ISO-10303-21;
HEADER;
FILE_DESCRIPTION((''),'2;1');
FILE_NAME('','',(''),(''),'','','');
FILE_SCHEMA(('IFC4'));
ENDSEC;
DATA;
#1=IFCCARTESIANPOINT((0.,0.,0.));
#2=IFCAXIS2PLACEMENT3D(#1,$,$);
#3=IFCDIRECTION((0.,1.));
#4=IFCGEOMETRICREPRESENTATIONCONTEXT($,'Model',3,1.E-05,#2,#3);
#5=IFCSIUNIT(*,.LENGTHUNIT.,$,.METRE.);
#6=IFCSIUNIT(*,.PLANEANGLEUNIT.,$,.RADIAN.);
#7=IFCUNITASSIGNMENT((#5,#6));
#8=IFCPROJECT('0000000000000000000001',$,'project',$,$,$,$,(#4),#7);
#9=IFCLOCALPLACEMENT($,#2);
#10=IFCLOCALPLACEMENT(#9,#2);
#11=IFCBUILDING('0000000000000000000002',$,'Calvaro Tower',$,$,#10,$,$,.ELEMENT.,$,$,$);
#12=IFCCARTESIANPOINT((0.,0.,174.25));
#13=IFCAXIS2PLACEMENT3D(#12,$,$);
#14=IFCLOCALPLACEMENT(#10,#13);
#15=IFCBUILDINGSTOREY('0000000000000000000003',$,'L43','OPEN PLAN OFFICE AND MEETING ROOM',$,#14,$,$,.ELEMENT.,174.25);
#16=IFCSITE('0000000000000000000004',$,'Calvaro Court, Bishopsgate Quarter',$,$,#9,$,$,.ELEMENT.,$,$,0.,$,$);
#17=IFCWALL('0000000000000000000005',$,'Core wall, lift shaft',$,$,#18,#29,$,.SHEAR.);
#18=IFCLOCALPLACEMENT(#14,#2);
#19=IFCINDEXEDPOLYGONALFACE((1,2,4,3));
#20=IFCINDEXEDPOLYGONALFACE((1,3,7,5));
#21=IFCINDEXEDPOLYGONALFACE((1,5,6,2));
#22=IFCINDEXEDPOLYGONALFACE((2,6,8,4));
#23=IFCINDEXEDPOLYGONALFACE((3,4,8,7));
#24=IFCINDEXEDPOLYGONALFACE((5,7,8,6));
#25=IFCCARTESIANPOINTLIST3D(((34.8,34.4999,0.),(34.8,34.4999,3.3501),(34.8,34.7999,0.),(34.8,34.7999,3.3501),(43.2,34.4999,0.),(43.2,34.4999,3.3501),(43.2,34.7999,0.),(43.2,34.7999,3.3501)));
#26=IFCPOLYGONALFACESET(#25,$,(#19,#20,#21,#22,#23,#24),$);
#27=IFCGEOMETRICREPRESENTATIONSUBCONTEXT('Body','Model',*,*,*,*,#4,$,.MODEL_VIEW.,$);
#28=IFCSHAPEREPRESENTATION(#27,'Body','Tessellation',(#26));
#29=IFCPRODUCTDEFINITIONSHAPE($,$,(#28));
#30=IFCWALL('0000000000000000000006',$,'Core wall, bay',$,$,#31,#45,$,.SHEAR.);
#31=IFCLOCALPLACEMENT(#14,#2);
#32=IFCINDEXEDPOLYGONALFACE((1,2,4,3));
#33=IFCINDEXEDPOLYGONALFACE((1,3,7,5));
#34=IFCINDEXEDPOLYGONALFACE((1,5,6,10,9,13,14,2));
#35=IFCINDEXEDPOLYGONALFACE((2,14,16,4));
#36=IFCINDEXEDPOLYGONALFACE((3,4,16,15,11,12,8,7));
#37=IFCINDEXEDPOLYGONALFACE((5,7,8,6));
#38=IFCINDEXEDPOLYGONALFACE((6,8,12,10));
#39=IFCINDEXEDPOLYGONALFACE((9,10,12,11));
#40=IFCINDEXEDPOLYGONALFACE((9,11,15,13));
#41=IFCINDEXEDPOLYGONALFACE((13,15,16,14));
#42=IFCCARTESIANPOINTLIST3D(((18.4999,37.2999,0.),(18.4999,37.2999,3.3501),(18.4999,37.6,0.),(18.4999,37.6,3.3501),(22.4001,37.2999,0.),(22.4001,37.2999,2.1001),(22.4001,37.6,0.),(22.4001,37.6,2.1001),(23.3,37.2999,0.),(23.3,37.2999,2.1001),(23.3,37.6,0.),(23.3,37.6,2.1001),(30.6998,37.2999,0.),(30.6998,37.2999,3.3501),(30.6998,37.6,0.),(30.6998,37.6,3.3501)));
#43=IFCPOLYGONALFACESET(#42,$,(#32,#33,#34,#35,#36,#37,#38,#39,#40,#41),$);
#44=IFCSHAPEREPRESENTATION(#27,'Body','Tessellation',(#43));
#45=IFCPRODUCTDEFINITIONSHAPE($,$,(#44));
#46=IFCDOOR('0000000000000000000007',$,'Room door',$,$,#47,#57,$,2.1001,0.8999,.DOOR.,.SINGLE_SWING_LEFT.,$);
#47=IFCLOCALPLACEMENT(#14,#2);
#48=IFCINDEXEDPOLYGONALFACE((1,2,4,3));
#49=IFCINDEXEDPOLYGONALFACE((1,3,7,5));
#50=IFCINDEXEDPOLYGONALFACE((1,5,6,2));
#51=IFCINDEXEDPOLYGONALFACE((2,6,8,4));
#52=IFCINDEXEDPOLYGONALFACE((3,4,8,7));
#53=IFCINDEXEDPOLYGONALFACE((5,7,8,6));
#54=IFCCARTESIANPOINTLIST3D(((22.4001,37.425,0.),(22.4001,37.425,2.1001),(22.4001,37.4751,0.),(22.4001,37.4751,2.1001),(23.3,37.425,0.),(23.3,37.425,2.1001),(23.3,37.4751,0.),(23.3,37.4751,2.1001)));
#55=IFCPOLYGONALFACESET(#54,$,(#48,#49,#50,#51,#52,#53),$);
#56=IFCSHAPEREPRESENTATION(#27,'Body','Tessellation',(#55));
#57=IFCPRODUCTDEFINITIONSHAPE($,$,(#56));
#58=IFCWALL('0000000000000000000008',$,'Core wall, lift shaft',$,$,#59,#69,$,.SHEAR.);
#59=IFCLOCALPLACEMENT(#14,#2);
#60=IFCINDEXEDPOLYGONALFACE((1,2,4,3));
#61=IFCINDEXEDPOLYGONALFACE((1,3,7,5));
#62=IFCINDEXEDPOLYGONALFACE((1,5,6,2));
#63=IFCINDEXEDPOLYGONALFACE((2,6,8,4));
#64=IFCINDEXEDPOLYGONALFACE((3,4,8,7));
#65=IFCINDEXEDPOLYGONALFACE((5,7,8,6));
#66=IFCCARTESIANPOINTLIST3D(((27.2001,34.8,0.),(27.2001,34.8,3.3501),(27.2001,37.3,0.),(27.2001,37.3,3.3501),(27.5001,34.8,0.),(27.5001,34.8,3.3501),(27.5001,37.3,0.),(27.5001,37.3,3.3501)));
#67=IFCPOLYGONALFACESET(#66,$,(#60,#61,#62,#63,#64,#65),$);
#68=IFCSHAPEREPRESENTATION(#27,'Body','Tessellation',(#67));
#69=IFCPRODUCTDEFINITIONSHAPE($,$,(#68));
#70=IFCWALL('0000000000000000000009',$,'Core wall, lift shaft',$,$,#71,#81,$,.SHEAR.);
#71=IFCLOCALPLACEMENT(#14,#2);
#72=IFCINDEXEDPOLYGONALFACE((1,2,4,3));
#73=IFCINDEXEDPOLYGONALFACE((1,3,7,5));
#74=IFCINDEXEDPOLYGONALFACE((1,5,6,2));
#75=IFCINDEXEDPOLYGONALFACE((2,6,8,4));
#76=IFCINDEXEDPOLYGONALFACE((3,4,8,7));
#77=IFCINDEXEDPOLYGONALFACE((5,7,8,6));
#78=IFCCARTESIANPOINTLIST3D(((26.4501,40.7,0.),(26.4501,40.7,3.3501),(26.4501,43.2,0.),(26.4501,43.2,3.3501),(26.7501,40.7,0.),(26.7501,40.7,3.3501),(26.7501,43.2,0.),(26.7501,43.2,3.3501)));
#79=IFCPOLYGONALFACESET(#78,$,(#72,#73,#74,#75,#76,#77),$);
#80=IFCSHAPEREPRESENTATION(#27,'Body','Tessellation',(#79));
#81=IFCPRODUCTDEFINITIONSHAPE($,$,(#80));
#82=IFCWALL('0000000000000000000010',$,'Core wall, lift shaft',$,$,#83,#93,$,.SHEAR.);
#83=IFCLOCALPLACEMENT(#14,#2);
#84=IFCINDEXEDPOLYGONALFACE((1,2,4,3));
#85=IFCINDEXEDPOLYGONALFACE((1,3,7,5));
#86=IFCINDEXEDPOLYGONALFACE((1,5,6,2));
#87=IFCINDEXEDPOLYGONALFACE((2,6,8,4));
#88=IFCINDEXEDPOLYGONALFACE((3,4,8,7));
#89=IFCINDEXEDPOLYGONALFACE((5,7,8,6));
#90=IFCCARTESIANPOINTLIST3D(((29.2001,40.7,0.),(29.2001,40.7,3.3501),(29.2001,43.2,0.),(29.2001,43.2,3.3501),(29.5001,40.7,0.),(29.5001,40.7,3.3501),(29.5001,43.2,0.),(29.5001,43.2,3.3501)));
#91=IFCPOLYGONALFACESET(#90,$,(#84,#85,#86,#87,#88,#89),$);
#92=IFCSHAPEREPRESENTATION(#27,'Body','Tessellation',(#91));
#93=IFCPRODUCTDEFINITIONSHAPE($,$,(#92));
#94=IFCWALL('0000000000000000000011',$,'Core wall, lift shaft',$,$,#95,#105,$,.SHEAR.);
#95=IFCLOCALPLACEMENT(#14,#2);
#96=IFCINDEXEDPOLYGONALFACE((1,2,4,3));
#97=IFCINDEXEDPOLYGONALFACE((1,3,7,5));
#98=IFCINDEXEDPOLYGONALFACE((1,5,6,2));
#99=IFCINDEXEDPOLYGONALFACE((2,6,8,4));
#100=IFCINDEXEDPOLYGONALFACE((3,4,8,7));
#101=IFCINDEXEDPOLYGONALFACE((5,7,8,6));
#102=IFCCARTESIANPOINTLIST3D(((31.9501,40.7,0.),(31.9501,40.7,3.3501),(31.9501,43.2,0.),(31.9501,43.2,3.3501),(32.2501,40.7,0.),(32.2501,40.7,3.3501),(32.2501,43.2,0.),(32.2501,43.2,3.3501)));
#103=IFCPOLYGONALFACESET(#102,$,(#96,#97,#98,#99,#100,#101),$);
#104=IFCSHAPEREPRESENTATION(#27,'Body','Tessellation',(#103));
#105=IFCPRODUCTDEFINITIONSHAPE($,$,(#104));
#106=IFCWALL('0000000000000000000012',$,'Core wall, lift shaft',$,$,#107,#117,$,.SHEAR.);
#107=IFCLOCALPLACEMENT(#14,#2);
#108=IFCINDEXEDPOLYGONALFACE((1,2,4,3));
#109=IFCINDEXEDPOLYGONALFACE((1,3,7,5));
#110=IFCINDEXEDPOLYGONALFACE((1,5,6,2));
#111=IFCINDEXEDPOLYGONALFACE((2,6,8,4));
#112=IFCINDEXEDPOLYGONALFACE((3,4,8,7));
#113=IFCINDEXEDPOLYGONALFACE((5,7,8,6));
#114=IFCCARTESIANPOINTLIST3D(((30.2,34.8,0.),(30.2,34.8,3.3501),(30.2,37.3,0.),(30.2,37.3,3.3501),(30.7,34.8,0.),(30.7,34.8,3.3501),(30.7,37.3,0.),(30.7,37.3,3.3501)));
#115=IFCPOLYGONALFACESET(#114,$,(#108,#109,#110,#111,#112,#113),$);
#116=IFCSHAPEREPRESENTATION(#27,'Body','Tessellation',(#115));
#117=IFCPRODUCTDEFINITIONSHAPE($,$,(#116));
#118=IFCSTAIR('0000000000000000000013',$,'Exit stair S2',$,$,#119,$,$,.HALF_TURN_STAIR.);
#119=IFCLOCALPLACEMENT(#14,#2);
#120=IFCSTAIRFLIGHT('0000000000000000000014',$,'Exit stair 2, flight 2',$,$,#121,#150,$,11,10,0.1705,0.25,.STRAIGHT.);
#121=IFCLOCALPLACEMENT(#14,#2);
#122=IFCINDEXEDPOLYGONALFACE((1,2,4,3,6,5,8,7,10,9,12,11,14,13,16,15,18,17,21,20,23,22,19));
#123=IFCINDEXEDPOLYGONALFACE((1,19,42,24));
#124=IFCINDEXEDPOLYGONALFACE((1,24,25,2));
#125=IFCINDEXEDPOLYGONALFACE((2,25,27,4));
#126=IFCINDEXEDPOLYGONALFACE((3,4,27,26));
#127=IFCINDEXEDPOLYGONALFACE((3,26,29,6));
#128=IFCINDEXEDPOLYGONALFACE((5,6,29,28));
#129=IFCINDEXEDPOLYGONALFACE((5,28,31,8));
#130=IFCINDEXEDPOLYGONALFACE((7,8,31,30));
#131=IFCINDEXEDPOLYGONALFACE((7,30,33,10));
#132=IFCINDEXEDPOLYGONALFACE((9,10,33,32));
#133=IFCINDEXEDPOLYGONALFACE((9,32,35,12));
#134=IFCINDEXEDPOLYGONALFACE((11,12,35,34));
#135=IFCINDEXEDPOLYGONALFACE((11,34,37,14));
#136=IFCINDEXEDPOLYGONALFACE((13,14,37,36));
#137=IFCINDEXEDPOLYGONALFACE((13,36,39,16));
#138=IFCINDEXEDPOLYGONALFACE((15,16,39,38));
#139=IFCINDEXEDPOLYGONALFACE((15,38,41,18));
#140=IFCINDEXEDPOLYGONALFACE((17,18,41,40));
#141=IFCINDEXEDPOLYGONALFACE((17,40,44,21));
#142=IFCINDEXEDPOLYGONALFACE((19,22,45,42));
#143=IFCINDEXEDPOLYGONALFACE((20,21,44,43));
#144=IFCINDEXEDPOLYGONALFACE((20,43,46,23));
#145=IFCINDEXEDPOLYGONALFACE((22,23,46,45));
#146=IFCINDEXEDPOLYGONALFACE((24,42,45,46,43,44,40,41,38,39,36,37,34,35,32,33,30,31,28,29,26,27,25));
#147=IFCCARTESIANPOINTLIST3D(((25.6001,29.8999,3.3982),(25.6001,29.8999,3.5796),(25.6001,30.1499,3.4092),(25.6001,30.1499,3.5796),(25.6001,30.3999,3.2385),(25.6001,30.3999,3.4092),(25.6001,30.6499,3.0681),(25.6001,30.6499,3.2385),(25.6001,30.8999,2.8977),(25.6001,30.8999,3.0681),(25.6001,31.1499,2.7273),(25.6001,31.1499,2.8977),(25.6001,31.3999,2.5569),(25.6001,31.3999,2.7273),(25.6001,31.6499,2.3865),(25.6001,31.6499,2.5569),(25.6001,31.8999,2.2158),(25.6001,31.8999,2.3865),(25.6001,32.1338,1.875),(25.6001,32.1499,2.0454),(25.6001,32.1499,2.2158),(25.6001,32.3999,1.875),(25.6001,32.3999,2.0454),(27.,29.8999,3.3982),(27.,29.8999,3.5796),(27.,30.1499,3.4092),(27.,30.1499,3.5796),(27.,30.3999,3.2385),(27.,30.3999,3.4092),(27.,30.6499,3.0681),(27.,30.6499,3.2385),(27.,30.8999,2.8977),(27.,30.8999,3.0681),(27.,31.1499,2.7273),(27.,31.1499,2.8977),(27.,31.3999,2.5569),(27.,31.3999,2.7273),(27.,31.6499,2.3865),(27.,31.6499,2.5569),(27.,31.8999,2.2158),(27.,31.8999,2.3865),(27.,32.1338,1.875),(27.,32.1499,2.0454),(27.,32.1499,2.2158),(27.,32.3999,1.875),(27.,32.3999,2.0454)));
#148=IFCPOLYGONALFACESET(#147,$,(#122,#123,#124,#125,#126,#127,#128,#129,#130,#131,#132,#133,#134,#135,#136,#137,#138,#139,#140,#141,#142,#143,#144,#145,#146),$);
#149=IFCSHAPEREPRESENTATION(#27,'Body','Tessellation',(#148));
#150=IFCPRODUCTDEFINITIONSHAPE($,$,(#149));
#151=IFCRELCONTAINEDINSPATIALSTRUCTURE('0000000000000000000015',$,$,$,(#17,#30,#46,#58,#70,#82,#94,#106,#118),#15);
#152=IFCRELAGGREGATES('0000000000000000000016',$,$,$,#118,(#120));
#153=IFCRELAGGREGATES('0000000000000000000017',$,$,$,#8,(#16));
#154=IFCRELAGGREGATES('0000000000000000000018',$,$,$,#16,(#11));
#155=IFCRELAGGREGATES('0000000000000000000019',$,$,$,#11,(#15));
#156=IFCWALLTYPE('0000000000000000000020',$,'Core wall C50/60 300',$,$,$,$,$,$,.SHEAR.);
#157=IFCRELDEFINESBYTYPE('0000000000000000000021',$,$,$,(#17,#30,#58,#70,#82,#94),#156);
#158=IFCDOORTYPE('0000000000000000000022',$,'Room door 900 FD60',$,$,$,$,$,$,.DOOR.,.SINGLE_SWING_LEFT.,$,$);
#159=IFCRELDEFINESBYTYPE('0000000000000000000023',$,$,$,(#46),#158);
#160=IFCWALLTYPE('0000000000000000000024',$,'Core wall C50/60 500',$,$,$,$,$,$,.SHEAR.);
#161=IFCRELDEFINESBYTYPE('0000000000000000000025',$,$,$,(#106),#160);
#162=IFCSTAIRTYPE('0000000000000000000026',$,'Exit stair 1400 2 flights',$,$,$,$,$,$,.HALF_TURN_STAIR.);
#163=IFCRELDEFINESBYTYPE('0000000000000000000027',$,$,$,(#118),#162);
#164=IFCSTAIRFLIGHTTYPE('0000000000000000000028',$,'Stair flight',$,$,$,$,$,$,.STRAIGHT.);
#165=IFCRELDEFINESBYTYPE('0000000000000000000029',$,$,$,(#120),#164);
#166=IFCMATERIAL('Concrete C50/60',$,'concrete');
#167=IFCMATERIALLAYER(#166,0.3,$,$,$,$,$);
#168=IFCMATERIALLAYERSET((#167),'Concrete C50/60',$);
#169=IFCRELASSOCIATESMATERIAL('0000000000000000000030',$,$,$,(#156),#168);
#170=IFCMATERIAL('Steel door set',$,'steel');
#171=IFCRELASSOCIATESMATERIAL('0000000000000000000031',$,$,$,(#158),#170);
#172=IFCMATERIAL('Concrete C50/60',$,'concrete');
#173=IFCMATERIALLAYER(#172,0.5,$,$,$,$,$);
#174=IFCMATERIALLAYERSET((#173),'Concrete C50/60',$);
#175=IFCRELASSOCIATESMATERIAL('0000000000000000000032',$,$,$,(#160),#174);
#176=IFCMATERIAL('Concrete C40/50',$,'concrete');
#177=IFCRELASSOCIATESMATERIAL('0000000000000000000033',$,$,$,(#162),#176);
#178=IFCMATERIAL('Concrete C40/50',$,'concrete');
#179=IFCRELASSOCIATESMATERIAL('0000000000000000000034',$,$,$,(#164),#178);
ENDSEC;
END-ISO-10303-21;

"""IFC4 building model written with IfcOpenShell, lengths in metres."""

from ifc_helpers import new_model, si_unit, direction, frame, frame_2d, origin, place, context, subcontext, project, spatial, polyline, rectangle, outline, extrude, material, layer, layer_set, type_object, element, fill, aggregate, save


model = new_model("IFC4")

# Units and contexts
model_context = context("Model", 3, precision=1e-05, world=origin(), true_north=direction((0.0, 1.0)))
body_context = subcontext(model_context, "Body", "Model", "MODEL_VIEW")
ifc_project = project(units=[si_unit("LENGTHUNIT", "METRE"), si_unit("PLANEANGLEUNIT", "RADIAN")], contexts=[model_context])

# Site, building, storey
site_placement = place(None, origin())
site = spatial("IfcSite", under=ifc_project, at=site_placement, Name="Calvaro Court, Bishopsgate Quarter", CompositionType="ELEMENT", RefElevation=0.0)
building_placement = place(site_placement, origin())
building = spatial("IfcBuilding", under=site, at=building_placement, Name="Calvaro Tower", CompositionType="ELEMENT")
storey_placement = place(building_placement, frame((0.0, 0.0, 174.25)))
storey = spatial("IfcBuildingStorey", under=building, at=storey_placement, Name="L43", Description="OPEN PLAN OFFICE AND MEETING ROOM", CompositionType="ELEMENT", Elevation=174.25)

# Wall
ifc_material_1 = material(Name="Concrete C50/60", Category="concrete")
ifc_layer_1 = layer(ifc_material_1, 0.3)
ifc_layer_set_1 = layer_set([ifc_layer_1], Name="Concrete C50/60")
wall_type_1 = type_object("IfcWallType", Name="Core wall C50/60 300", PredefinedType="SHEAR", material=ifc_layer_set_1)
wall_1_placement = place(storey_placement, frame((34.8, 34.6499, 0.0), z_axis=(0.0, 0.0, 1.0), x_axis=(1.0, 0.0, 0.0)))
element("IfcWall", 1, at=wall_1_placement, inside=storey, type_object=wall_type_1, Name="Core wall, lift shaft", PredefinedType="SHEAR", context=body_context, shape_type="SweptSolid", body=[
    extrude(rectangle(XDim=8.3999, YDim=0.3, at=frame_2d((4.2, 0.0))), origin(), (0.0, 0.0, 1.0), 3.3501),
])

# Wall, opening, door
wall_2_placement = place(storey_placement, frame((30.7, 37.45, 0.0), z_axis=(0.0, 0.0, 1.0), x_axis=(-1.0, 0.0, 0.0)))
wall_2 = element("IfcWall", 2, at=wall_2_placement, inside=storey, type_object=wall_type_1, Name="Core wall, bay", PredefinedType="SHEAR", context=body_context, shape_type="SweptSolid", body=[
    extrude(rectangle(XDim=12.2, YDim=0.3, at=frame_2d((6.1001, 0.0))), origin(), (0.0, 0.0, 1.0), 3.3501),
])
opening_placement = place(wall_2_placement, frame((7.3999, 0.0, 0.0)))
opening = element("IfcOpeningElement", 3, at=opening_placement, cuts=wall_2, PredefinedType="OPENING", context=body_context, shape_type="SweptSolid", body=[
    extrude(rectangle(XDim=0.8999, YDim=2.1001, at=frame_2d((0.45, 1.05))), frame((0.0, 0.1599, 0.0), z_axis=(0.0, -1.0, 0.0), x_axis=(1.0, 0.0, 0.0)), (0.0, 0.0, 1.0), 0.3201),
])
ifc_material_2 = material(Name="Steel door set", Category="steel")
door_type = type_object("IfcDoorType", Name="Room door 900 FD60", OperationType="SINGLE_SWING_LEFT", PredefinedType="DOOR", material=ifc_material_2)
door_placement = place(opening_placement, origin())
door = element("IfcDoor", 4, at=door_placement, inside=storey, type_object=door_type, Name="Room door", OperationType="SINGLE_SWING_LEFT", OverallHeight=2.1001, OverallWidth=0.8999, PredefinedType="DOOR", context=body_context, shape_type="SweptSolid", body=[
    extrude(rectangle(XDim=0.8999, YDim=2.1001, at=frame_2d((0.45, 1.05))), frame((0.0, 0.0249, 0.0), z_axis=(0.0, -1.0, 0.0), x_axis=(1.0, 0.0, 0.0)), (0.0, 0.0, 1.0), 0.05),
])
fill(opening, door)

# Walls
for number, where, z_axis, x_axis, name in (
    (5, (27.3501, 34.8, 0.0), (0.0, 0.0, 1.0), (0.0, 1.0, 0.0), "Core wall, lift shaft"),
    (6, (26.6001, 40.7, 0.0), (0.0, 0.0, 1.0), (0.0, 1.0, 0.0), "Core wall, lift shaft"),
    (7, (29.3501, 40.7, 0.0), (0.0, 0.0, 1.0), (0.0, 1.0, 0.0), "Core wall, lift shaft"),
    (8, (32.1001, 40.7, 0.0), (0.0, 0.0, 1.0), (0.0, 1.0, 0.0), "Core wall, lift shaft"),
):
    element("IfcWall", number, at=place(storey_placement, frame(where, z_axis=z_axis, x_axis=x_axis)), inside=storey, type_object=wall_type_1, Name=name, PredefinedType="SHEAR", context=body_context, shape_type="SweptSolid", body=[
        extrude(rectangle(XDim=2.5, YDim=0.3, at=frame_2d((1.25, 0.0))), origin(), (0.0, 0.0, 1.0), 3.3501),
    ])
ifc_material_3 = material(Name="Concrete C50/60", Category="concrete")
ifc_layer_2 = layer(ifc_material_3, 0.5)
ifc_layer_set_2 = layer_set([ifc_layer_2], Name="Concrete C50/60")
wall_type_2 = type_object("IfcWallType", Name="Core wall C50/60 500", PredefinedType="SHEAR", material=ifc_layer_set_2)
wall_3_placement = place(storey_placement, frame((30.45, 34.8, 0.0), z_axis=(0.0, 0.0, 1.0), x_axis=(0.0, 1.0, 0.0)))
element("IfcWall", 9, at=wall_3_placement, inside=storey, type_object=wall_type_2, Name="Core wall, lift shaft", PredefinedType="SHEAR", context=body_context, shape_type="SweptSolid", body=[
    extrude(rectangle(XDim=2.5, YDim=0.5, at=frame_2d((1.25, 0.0))), origin(), (0.0, 0.0, 1.0), 3.3501),
])

# Stair, stair flight
ifc_material_4 = material(Name="Concrete C40/50", Category="concrete")
stair_type = type_object("IfcStairType", Name="Exit stair 1400 2 flights", PredefinedType="HALF_TURN_STAIR", material=ifc_material_4)
stair_placement = place(storey_placement, origin())
stair = element("IfcStair", 10, at=stair_placement, inside=storey, type_object=stair_type, Name="Exit stair S2", PredefinedType="HALF_TURN_STAIR")
ifc_material_5 = material(Name="Concrete C40/50", Category="concrete")
stair_flight_type = type_object("IfcStairFlightType", Name="Stair flight", PredefinedType="STRAIGHT", material=ifc_material_5)
stair_flight_placement = place(storey_placement, frame((26.3, 32.3999, 1.875), z_axis=(0.0, 0.0, 1.0), x_axis=(0.0, -1.0, 0.0)))
stair_flight = element("IfcStairFlight", 11, at=stair_flight_placement, type_object=stair_flight_type, Name="Exit stair 2, flight 2", NumberOfRisers=11, NumberOfTreads=10, PredefinedType="STRAIGHT", RiserHeight=0.1705, TreadLength=0.25, context=body_context, shape_type="SweptSolid", body=[
    extrude(outline(polyline([(0.0, 0.0), (0.0, 0.1704), (0.25, 0.1704), (0.25, 0.3408), (0.5, 0.3408), (0.5, 0.5115), (0.75, 0.5115), (0.75, 0.6819), (1.0, 0.6819), (1.0, 0.8523), (1.25, 0.8523), (1.25, 1.0227), (1.5, 1.0227), (1.5, 1.1931), (1.75, 1.1931), (1.75, 1.3635), (2.0, 1.3635), (2.0, 1.5342), (2.25, 1.5342), (2.25, 1.7046), (2.5, 1.7046), (2.5, 1.875), (2.5, 1.5232), (0.2661, 0.0), (0.0, 0.0)])), frame((0.0, 0.7, 0.0), z_axis=(0.0, -1.0, 0.0), x_axis=(1.0, 0.0, 0.0)), (0.0, 0.0, 1.0), 1.3999),
])
aggregate(stair, [stair_flight])

save(model, "model.ifc")
